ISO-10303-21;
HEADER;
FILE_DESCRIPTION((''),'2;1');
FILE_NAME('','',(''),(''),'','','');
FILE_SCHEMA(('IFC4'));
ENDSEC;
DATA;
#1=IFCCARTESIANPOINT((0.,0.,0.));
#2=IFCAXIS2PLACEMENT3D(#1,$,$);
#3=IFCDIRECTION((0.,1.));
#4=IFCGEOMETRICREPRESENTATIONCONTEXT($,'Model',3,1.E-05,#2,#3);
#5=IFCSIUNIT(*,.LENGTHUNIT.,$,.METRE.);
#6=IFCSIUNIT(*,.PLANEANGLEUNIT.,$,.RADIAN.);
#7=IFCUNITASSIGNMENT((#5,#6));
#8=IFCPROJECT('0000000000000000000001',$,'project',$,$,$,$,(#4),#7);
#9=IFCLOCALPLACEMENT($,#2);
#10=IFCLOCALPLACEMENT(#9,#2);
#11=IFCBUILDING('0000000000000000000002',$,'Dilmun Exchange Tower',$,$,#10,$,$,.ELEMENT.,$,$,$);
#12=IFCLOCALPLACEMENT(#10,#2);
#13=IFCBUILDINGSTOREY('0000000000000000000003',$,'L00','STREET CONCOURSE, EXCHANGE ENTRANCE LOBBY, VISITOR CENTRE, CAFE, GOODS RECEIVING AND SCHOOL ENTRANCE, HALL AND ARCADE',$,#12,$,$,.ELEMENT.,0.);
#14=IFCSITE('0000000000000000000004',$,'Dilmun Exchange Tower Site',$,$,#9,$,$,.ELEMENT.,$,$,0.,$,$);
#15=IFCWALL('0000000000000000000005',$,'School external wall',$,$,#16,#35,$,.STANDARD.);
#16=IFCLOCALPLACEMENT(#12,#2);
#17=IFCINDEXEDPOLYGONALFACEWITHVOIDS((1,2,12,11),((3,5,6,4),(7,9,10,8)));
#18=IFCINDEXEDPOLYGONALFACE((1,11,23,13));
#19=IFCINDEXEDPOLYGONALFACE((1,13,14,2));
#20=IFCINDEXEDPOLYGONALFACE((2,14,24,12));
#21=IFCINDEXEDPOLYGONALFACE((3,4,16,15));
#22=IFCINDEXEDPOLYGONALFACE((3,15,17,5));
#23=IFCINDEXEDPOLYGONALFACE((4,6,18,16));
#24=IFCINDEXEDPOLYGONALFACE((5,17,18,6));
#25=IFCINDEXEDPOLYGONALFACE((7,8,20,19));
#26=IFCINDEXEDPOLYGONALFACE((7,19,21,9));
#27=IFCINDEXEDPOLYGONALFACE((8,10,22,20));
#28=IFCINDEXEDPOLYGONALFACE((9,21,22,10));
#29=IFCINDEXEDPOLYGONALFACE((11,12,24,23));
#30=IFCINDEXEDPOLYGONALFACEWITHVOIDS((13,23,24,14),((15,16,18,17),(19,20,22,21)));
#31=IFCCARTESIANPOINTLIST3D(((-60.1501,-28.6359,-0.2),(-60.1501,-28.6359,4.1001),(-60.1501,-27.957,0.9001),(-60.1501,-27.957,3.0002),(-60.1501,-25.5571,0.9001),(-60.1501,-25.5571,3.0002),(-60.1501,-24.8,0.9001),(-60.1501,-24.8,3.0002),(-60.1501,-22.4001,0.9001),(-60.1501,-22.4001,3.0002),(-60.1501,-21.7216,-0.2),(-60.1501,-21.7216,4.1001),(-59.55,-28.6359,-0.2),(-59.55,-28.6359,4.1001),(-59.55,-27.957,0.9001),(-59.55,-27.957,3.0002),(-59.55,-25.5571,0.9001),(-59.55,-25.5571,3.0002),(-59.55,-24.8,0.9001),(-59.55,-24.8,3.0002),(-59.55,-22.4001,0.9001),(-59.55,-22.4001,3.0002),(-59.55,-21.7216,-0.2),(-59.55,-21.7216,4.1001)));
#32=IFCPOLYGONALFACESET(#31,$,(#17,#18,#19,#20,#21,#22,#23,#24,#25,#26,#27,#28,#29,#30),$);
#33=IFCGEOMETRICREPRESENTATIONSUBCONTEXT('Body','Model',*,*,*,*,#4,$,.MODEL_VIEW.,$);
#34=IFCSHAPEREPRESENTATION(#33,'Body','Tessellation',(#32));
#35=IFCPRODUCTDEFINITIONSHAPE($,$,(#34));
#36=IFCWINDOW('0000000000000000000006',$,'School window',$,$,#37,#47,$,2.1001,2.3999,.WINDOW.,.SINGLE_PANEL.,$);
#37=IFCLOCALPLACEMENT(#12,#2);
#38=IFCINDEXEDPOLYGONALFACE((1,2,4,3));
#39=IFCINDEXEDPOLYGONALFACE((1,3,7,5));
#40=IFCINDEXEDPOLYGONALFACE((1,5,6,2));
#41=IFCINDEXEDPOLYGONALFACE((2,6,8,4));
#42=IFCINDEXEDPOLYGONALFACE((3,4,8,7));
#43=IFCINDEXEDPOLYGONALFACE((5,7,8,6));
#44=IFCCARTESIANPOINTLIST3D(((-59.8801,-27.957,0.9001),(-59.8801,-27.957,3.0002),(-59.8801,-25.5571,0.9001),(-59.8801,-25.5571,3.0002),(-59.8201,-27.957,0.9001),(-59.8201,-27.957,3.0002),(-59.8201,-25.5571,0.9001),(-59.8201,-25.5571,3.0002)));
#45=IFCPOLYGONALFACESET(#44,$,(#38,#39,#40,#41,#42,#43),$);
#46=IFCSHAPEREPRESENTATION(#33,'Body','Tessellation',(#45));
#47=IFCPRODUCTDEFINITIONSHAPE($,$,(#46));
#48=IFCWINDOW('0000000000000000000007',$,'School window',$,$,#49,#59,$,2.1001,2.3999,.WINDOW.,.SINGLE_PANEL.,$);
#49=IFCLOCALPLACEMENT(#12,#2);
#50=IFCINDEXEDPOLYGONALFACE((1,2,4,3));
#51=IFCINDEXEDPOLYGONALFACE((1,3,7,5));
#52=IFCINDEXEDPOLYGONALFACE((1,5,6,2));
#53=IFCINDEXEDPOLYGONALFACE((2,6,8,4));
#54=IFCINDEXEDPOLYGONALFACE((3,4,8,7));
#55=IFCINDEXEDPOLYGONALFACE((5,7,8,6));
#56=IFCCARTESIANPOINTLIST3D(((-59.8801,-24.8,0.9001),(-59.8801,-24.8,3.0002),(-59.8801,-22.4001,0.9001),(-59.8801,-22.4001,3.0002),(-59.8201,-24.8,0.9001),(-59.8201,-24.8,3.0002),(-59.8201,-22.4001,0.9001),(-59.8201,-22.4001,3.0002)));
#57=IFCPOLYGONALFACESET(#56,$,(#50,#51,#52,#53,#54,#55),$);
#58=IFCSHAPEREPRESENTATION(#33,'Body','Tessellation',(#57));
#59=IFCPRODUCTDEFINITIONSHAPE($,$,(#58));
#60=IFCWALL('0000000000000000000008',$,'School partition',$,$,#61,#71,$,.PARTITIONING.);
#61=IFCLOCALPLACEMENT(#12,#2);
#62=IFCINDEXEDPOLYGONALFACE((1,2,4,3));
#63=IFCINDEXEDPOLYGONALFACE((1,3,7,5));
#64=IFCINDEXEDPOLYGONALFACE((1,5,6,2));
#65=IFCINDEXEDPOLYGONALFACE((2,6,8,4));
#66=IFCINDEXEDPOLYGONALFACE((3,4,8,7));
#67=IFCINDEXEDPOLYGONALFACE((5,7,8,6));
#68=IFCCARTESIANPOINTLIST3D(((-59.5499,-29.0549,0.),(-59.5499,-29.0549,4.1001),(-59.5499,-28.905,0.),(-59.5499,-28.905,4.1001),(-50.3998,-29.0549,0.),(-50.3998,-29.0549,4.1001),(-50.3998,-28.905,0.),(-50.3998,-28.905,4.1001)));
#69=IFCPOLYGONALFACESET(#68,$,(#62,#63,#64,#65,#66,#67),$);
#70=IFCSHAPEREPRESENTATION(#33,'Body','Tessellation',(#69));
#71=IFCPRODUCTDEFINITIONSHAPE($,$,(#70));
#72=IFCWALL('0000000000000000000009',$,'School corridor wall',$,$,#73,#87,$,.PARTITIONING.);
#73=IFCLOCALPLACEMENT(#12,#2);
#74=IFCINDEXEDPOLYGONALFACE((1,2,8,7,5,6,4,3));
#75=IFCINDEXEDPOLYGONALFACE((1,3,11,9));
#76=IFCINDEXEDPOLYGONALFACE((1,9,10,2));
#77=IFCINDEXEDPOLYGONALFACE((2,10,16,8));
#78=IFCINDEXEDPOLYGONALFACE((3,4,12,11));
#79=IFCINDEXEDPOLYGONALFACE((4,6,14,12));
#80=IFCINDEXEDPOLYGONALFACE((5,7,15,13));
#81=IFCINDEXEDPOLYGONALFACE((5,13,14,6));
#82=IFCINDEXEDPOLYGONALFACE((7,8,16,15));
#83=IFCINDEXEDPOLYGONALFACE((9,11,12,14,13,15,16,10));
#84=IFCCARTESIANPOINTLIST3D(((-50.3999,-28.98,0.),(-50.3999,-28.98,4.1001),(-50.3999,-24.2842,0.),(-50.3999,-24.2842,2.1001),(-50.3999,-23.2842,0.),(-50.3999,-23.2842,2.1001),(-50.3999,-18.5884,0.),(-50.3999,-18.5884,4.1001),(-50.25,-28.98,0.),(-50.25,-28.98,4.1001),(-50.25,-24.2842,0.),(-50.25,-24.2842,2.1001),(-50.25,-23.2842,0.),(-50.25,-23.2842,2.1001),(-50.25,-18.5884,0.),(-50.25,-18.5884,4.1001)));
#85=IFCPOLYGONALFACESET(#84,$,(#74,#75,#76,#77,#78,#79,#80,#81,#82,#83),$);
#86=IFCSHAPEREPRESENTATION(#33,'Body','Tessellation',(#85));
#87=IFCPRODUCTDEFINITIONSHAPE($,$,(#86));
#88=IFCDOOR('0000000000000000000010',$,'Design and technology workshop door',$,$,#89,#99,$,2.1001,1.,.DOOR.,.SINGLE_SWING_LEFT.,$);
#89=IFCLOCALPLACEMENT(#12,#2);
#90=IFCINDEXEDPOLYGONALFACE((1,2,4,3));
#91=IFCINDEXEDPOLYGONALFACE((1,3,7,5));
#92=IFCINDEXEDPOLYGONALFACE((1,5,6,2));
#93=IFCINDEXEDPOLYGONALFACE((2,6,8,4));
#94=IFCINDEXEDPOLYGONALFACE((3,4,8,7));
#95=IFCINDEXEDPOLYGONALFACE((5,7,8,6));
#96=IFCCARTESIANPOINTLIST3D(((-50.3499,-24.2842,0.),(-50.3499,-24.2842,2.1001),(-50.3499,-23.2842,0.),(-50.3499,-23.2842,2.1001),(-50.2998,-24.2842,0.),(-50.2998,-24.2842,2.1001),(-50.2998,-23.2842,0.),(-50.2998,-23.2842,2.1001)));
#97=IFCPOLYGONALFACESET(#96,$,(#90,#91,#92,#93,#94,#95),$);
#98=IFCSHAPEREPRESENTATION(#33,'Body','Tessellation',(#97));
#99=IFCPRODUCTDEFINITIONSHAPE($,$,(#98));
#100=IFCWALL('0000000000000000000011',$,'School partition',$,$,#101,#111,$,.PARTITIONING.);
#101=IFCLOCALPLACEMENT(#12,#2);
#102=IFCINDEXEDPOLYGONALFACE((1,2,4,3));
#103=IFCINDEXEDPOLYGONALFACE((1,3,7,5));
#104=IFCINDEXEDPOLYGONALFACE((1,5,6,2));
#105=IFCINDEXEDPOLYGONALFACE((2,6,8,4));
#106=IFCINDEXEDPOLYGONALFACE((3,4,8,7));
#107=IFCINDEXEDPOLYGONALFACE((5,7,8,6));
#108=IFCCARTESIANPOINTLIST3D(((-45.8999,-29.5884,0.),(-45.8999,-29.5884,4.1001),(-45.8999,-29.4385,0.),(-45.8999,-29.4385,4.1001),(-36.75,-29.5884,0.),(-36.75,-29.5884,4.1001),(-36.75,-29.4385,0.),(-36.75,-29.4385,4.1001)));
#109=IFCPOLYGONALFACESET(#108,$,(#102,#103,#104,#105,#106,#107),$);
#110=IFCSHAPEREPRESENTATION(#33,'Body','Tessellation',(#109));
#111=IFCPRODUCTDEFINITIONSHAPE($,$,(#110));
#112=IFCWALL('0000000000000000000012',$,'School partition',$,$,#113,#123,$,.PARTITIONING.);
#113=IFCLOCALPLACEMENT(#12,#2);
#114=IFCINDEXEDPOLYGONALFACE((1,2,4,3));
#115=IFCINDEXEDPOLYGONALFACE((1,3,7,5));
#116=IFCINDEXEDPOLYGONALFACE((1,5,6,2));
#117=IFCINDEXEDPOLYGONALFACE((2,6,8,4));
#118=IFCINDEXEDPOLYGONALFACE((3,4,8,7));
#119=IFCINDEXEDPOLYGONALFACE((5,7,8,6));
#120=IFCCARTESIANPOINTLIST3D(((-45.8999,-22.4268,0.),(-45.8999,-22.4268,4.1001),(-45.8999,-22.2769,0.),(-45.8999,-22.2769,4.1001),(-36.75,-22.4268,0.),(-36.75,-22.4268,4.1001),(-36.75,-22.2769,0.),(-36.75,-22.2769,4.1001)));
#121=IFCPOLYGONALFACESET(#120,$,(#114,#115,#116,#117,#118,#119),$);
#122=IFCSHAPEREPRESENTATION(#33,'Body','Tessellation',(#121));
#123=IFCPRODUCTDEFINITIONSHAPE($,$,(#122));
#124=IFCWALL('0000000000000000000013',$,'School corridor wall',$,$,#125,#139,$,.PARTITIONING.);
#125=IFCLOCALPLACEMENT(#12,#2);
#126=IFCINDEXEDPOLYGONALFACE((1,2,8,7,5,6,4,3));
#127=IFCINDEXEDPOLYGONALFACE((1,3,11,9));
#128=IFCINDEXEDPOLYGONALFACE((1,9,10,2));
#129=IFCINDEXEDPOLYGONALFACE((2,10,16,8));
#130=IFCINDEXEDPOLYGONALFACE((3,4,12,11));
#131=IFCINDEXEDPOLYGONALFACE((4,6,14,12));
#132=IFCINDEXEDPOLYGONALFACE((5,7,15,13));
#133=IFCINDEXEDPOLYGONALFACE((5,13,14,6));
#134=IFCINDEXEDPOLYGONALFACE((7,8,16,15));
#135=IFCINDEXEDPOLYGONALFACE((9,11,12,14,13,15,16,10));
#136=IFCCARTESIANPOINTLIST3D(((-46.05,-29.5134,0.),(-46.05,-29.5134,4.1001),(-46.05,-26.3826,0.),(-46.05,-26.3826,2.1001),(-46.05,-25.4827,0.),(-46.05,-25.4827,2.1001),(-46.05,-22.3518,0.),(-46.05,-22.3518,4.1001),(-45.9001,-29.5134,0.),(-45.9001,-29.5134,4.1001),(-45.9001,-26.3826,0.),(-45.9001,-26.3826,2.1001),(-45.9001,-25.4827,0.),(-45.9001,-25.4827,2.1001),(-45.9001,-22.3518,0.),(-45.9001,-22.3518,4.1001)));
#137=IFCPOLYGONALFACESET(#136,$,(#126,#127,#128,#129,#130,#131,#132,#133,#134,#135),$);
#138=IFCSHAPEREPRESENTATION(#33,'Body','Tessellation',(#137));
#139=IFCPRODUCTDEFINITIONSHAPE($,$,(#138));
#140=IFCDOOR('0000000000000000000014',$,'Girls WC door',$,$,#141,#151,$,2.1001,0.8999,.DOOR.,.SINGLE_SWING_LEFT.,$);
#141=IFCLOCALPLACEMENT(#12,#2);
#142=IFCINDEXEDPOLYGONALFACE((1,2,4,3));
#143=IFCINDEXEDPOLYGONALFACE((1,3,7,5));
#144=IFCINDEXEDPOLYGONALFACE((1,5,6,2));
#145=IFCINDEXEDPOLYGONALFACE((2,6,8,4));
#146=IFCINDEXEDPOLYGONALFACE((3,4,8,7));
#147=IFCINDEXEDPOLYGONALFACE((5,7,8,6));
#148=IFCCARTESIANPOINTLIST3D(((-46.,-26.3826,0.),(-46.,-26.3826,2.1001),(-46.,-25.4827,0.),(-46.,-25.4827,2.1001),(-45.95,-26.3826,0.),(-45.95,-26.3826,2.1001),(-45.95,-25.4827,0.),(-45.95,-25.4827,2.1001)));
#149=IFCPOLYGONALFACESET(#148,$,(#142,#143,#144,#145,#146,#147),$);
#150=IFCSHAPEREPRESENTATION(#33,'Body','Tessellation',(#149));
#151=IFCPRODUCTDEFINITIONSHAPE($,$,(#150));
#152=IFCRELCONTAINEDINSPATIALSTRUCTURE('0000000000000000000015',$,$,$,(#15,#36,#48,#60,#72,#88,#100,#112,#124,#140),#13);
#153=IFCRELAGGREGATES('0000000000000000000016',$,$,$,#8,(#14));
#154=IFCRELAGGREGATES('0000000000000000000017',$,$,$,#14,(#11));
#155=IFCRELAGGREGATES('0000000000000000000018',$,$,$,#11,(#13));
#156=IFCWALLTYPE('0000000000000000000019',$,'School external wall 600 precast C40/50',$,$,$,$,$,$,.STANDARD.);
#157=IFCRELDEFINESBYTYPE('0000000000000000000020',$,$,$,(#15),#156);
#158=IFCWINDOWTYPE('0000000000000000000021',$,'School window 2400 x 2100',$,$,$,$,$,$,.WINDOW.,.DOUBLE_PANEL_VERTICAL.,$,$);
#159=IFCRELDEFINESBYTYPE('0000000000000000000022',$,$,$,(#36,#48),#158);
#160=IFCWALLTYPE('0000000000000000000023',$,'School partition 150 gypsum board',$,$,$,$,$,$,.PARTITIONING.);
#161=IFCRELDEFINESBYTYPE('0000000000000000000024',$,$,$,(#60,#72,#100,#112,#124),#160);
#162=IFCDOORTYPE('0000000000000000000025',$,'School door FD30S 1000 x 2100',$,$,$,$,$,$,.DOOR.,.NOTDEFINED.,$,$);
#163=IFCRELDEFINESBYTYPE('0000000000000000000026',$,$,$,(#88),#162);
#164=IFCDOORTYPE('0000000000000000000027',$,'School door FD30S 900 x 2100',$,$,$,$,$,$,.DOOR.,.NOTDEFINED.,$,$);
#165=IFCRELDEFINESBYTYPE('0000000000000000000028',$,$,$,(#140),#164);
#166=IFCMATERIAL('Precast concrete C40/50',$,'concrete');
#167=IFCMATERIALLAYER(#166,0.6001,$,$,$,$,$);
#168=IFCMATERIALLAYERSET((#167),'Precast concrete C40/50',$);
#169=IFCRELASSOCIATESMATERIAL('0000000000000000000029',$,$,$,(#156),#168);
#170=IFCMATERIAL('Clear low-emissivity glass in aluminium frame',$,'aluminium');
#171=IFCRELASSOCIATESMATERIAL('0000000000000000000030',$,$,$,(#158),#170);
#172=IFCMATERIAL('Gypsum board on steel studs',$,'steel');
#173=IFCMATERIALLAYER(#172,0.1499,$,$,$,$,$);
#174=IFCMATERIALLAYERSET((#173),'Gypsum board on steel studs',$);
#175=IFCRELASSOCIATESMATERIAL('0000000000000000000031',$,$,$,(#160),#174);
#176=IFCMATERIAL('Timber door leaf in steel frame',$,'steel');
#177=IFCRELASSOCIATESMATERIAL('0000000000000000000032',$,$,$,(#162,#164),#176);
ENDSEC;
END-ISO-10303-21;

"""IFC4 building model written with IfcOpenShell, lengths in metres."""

from ifc_helpers import new_model, si_unit, direction, frame, frame_2d, origin, place, context, subcontext, project, spatial, rectangle, extrude, material, layer, layer_set, type_object, element, fill, save


model = new_model("IFC4")

# Units and contexts
model_context = context("Model", 3, precision=1e-05, world=origin(), true_north=direction((0.0, 1.0)))
body_context = subcontext(model_context, "Body", "Model", "MODEL_VIEW")
ifc_project = project(units=[si_unit("LENGTHUNIT", "METRE"), si_unit("PLANEANGLEUNIT", "RADIAN")], contexts=[model_context])

# Site, building, storey
site_placement = place(None, origin())
site = spatial("IfcSite", under=ifc_project, at=site_placement, Name="Dilmun Exchange Tower Site", CompositionType="ELEMENT", RefElevation=0.0)
building_placement = place(site_placement, origin())
building = spatial("IfcBuilding", under=site, at=building_placement, Name="Dilmun Exchange Tower", CompositionType="ELEMENT")
storey_placement = place(building_placement, origin())
storey = spatial("IfcBuildingStorey", under=building, at=storey_placement, Name="L00", Description="STREET CONCOURSE, EXCHANGE ENTRANCE LOBBY, VISITOR CENTRE, CAFE, GOODS RECEIVING AND SCHOOL ENTRANCE, HALL AND ARCADE", CompositionType="ELEMENT", Elevation=0.0)

# Wall, openings, windows
ifc_material_1 = material(Name="Precast concrete C40/50", Category="concrete")
ifc_layer_1 = layer(ifc_material_1, 0.6001)
ifc_layer_set_1 = layer_set([ifc_layer_1], Name="Precast concrete C40/50")
wall_type_1 = type_object("IfcWallType", Name="School external wall 600 precast C40/50", PredefinedType="STANDARD", material=ifc_layer_set_1)
wall_1_placement = place(storey_placement, frame((-59.8501, -28.6357, -0.2), z_axis=(0.0, 0.0, 1.0), x_axis=(0.0, 1.0, 0.0)))
wall_1 = element("IfcWall", 1, at=wall_1_placement, inside=storey, type_object=wall_type_1, Name="School external wall", PredefinedType="STANDARD", context=body_context, shape_type="SweptSolid", body=[
    extrude(rectangle(XDim=6.9143, YDim=0.6001, at=frame_2d((3.457, 0.0))), origin(), (0.0, 0.0, 1.0), 4.3),
])
opening_1_placement = place(wall_1_placement, frame((0.6787, 0.0, 1.1001)))
opening_1 = element("IfcOpeningElement", 2, at=opening_1_placement, cuts=wall_1, PredefinedType="OPENING", context=body_context, shape_type="SweptSolid", body=[
    extrude(rectangle(XDim=2.3999, YDim=2.1001, at=frame_2d((1.2, 1.05))), frame((0.0, 0.3101, 0.0), z_axis=(0.0, -1.0, 0.0), x_axis=(1.0, 0.0, 0.0)), (0.0, 0.0, 1.0), 0.6201),
])
opening_2_placement = place(wall_1_placement, frame((3.8357, 0.0, 1.1001)))
opening_2 = element("IfcOpeningElement", 3, at=opening_2_placement, cuts=wall_1, PredefinedType="OPENING", context=body_context, shape_type="SweptSolid", body=[
    extrude(rectangle(XDim=2.3999, YDim=2.1001, at=frame_2d((1.2, 1.05))), frame((0.0, 0.3101, 0.0), z_axis=(0.0, -1.0, 0.0), x_axis=(1.0, 0.0, 0.0)), (0.0, 0.0, 1.0), 0.6201),
])
ifc_material_2 = material(Name="Clear low-emissivity glass in aluminium frame", Category="aluminium")
window_type = type_object("IfcWindowType", Name="School window 2400 x 2100", PartitioningType="DOUBLE_PANEL_VERTICAL", PredefinedType="WINDOW", material=ifc_material_2)
window_1_placement = place(opening_1_placement, origin())
window_1 = element("IfcWindow", 4, at=window_1_placement, inside=storey, type_object=window_type, Name="School window", OverallHeight=2.1001, OverallWidth=2.3999, PartitioningType="SINGLE_PANEL", PredefinedType="WINDOW", context=body_context, shape_type="SweptSolid", body=[
    extrude(rectangle(XDim=2.3999, YDim=2.1001, at=frame_2d((1.2, 1.05))), frame((0.0, 0.03, 0.0), z_axis=(0.0, -1.0, 0.0), x_axis=(1.0, 0.0, 0.0)), (0.0, 0.0, 1.0), 0.0601),
])
fill(opening_1, window_1)
window_2_placement = place(opening_2_placement, origin())
window_2 = element("IfcWindow", 5, at=window_2_placement, inside=storey, type_object=window_type, Name="School window", OverallHeight=2.1001, OverallWidth=2.3999, PartitioningType="SINGLE_PANEL", PredefinedType="WINDOW", context=body_context, shape_type="SweptSolid", body=[
    extrude(rectangle(XDim=2.3999, YDim=2.1001, at=frame_2d((1.2, 1.05))), frame((0.0, 0.03, 0.0), z_axis=(0.0, -1.0, 0.0), x_axis=(1.0, 0.0, 0.0)), (0.0, 0.0, 1.0), 0.0601),
])
fill(opening_2, window_2)

# Wall
ifc_material_3 = material(Name="Gypsum board on steel studs", Category="steel")
ifc_layer_2 = layer(ifc_material_3, 0.1499)
ifc_layer_set_2 = layer_set([ifc_layer_2], Name="Gypsum board on steel studs")
wall_type_2 = type_object("IfcWallType", Name="School partition 150 gypsum board", PredefinedType="PARTITIONING", material=ifc_layer_set_2)
wall_2_placement = place(storey_placement, frame((-59.55, -28.98, 0.0), z_axis=(0.0, 0.0, 1.0), x_axis=(1.0, 0.0, 0.0)))
element("IfcWall", 6, at=wall_2_placement, inside=storey, type_object=wall_type_2, Name="School partition", PredefinedType="PARTITIONING", context=body_context, shape_type="SweptSolid", body=[
    extrude(rectangle(XDim=9.1501, YDim=0.1499, at=frame_2d((4.5752, 0.0))), origin(), (0.0, 0.0, 1.0), 4.1001),
])

# Wall, opening, door
wall_3_placement = place(storey_placement, frame((-50.325, -28.98, 0.0), z_axis=(0.0, 0.0, 1.0), x_axis=(0.0, 1.0, 0.0)))
wall_3 = element("IfcWall", 7, at=wall_3_placement, inside=storey, type_object=wall_type_2, Name="School corridor wall", PredefinedType="PARTITIONING", context=body_context, shape_type="SweptSolid", body=[
    extrude(rectangle(XDim=10.3916, YDim=0.1499, at=frame_2d((5.1958, 0.0))), origin(), (0.0, 0.0, 1.0), 4.1001),
])
opening_3_placement = place(wall_3_placement, frame((4.6958, 0.0, 0.0)))
opening_3 = element("IfcOpeningElement", 8, at=opening_3_placement, cuts=wall_3, PredefinedType="OPENING", context=body_context, shape_type="SweptSolid", body=[
    extrude(rectangle(XDim=1.0, YDim=2.1001, at=frame_2d((0.5, 1.05))), frame((0.0, 0.085, 0.0), z_axis=(0.0, -1.0, 0.0), x_axis=(1.0, 0.0, 0.0)), (0.0, 0.0, 1.0), 0.1699),
])
ifc_material_4 = material(Name="Timber door leaf in steel frame", Category="steel")
door_type_1 = type_object("IfcDoorType", Name="School door FD30S 1000 x 2100", OperationType="NOTDEFINED", PredefinedType="DOOR", material=ifc_material_4)
door_1_placement = place(opening_3_placement, origin())
door_1 = element("IfcDoor", 9, at=door_1_placement, inside=storey, type_object=door_type_1, Name="Design and technology workshop door", OperationType="SINGLE_SWING_LEFT", OverallHeight=2.1001, OverallWidth=1.0, PredefinedType="DOOR", context=body_context, shape_type="SweptSolid", body=[
    extrude(rectangle(XDim=1.0, YDim=2.1001, at=frame_2d((0.5, 1.05))), frame((0.0, 0.0249, 0.0), z_axis=(0.0, -1.0, 0.0), x_axis=(1.0, 0.0, 0.0)), (0.0, 0.0, 1.0), 0.05),
])
fill(opening_3, door_1)

# Walls
for number, where, z_axis, x_axis, name in (
    (10, (-45.8999, -29.5134, 0.0), (0.0, 0.0, 1.0), (1.0, 0.0, 0.0), "School partition"),
    (11, (-45.8999, -22.3518, 0.0), (0.0, 0.0, 1.0), (1.0, 0.0, 0.0), "School partition"),
):
    element("IfcWall", number, at=place(storey_placement, frame(where, z_axis=z_axis, x_axis=x_axis)), inside=storey, type_object=wall_type_2, Name=name, PredefinedType="PARTITIONING", context=body_context, shape_type="SweptSolid", body=[
        extrude(rectangle(XDim=9.1499, YDim=0.1499, at=frame_2d((4.575, 0.0))), origin(), (0.0, 0.0, 1.0), 4.1001),
    ])

# Wall, opening, door
wall_4_placement = place(storey_placement, frame((-45.9751, -29.5134, 0.0), z_axis=(0.0, 0.0, 1.0), x_axis=(0.0, 1.0, 0.0)))
wall_4 = element("IfcWall", 12, at=wall_4_placement, inside=storey, type_object=wall_type_2, Name="School corridor wall", PredefinedType="PARTITIONING", context=body_context, shape_type="SweptSolid", body=[
    extrude(rectangle(XDim=7.1616, YDim=0.1499, at=frame_2d((3.5808, 0.0))), origin(), (0.0, 0.0, 1.0), 4.1001),
])
opening_4_placement = place(wall_4_placement, frame((3.1309, 0.0, 0.0)))
opening_4 = element("IfcOpeningElement", 13, at=opening_4_placement, cuts=wall_4, PredefinedType="OPENING", context=body_context, shape_type="SweptSolid", body=[
    extrude(rectangle(XDim=0.8999, YDim=2.1001, at=frame_2d((0.45, 1.05))), frame((0.0, 0.085, 0.0), z_axis=(0.0, -1.0, 0.0), x_axis=(1.0, 0.0, 0.0)), (0.0, 0.0, 1.0), 0.1699),
])
door_type_2 = type_object("IfcDoorType", Name="School door FD30S 900 x 2100", OperationType="NOTDEFINED", PredefinedType="DOOR", material=ifc_material_4)
door_2_placement = place(opening_4_placement, origin())
door_2 = element("IfcDoor", 14, at=door_2_placement, inside=storey, type_object=door_type_2, Name="Girls WC door", OperationType="SINGLE_SWING_LEFT", OverallHeight=2.1001, OverallWidth=0.8999, PredefinedType="DOOR", context=body_context, shape_type="SweptSolid", body=[
    extrude(rectangle(XDim=0.8999, YDim=2.1001, at=frame_2d((0.45, 1.05))), frame((0.0, 0.0249, 0.0), z_axis=(0.0, -1.0, 0.0), x_axis=(1.0, 0.0, 0.0)), (0.0, 0.0, 1.0), 0.05),
])
fill(opening_4, door_2)

save(model, "model.ifc")
